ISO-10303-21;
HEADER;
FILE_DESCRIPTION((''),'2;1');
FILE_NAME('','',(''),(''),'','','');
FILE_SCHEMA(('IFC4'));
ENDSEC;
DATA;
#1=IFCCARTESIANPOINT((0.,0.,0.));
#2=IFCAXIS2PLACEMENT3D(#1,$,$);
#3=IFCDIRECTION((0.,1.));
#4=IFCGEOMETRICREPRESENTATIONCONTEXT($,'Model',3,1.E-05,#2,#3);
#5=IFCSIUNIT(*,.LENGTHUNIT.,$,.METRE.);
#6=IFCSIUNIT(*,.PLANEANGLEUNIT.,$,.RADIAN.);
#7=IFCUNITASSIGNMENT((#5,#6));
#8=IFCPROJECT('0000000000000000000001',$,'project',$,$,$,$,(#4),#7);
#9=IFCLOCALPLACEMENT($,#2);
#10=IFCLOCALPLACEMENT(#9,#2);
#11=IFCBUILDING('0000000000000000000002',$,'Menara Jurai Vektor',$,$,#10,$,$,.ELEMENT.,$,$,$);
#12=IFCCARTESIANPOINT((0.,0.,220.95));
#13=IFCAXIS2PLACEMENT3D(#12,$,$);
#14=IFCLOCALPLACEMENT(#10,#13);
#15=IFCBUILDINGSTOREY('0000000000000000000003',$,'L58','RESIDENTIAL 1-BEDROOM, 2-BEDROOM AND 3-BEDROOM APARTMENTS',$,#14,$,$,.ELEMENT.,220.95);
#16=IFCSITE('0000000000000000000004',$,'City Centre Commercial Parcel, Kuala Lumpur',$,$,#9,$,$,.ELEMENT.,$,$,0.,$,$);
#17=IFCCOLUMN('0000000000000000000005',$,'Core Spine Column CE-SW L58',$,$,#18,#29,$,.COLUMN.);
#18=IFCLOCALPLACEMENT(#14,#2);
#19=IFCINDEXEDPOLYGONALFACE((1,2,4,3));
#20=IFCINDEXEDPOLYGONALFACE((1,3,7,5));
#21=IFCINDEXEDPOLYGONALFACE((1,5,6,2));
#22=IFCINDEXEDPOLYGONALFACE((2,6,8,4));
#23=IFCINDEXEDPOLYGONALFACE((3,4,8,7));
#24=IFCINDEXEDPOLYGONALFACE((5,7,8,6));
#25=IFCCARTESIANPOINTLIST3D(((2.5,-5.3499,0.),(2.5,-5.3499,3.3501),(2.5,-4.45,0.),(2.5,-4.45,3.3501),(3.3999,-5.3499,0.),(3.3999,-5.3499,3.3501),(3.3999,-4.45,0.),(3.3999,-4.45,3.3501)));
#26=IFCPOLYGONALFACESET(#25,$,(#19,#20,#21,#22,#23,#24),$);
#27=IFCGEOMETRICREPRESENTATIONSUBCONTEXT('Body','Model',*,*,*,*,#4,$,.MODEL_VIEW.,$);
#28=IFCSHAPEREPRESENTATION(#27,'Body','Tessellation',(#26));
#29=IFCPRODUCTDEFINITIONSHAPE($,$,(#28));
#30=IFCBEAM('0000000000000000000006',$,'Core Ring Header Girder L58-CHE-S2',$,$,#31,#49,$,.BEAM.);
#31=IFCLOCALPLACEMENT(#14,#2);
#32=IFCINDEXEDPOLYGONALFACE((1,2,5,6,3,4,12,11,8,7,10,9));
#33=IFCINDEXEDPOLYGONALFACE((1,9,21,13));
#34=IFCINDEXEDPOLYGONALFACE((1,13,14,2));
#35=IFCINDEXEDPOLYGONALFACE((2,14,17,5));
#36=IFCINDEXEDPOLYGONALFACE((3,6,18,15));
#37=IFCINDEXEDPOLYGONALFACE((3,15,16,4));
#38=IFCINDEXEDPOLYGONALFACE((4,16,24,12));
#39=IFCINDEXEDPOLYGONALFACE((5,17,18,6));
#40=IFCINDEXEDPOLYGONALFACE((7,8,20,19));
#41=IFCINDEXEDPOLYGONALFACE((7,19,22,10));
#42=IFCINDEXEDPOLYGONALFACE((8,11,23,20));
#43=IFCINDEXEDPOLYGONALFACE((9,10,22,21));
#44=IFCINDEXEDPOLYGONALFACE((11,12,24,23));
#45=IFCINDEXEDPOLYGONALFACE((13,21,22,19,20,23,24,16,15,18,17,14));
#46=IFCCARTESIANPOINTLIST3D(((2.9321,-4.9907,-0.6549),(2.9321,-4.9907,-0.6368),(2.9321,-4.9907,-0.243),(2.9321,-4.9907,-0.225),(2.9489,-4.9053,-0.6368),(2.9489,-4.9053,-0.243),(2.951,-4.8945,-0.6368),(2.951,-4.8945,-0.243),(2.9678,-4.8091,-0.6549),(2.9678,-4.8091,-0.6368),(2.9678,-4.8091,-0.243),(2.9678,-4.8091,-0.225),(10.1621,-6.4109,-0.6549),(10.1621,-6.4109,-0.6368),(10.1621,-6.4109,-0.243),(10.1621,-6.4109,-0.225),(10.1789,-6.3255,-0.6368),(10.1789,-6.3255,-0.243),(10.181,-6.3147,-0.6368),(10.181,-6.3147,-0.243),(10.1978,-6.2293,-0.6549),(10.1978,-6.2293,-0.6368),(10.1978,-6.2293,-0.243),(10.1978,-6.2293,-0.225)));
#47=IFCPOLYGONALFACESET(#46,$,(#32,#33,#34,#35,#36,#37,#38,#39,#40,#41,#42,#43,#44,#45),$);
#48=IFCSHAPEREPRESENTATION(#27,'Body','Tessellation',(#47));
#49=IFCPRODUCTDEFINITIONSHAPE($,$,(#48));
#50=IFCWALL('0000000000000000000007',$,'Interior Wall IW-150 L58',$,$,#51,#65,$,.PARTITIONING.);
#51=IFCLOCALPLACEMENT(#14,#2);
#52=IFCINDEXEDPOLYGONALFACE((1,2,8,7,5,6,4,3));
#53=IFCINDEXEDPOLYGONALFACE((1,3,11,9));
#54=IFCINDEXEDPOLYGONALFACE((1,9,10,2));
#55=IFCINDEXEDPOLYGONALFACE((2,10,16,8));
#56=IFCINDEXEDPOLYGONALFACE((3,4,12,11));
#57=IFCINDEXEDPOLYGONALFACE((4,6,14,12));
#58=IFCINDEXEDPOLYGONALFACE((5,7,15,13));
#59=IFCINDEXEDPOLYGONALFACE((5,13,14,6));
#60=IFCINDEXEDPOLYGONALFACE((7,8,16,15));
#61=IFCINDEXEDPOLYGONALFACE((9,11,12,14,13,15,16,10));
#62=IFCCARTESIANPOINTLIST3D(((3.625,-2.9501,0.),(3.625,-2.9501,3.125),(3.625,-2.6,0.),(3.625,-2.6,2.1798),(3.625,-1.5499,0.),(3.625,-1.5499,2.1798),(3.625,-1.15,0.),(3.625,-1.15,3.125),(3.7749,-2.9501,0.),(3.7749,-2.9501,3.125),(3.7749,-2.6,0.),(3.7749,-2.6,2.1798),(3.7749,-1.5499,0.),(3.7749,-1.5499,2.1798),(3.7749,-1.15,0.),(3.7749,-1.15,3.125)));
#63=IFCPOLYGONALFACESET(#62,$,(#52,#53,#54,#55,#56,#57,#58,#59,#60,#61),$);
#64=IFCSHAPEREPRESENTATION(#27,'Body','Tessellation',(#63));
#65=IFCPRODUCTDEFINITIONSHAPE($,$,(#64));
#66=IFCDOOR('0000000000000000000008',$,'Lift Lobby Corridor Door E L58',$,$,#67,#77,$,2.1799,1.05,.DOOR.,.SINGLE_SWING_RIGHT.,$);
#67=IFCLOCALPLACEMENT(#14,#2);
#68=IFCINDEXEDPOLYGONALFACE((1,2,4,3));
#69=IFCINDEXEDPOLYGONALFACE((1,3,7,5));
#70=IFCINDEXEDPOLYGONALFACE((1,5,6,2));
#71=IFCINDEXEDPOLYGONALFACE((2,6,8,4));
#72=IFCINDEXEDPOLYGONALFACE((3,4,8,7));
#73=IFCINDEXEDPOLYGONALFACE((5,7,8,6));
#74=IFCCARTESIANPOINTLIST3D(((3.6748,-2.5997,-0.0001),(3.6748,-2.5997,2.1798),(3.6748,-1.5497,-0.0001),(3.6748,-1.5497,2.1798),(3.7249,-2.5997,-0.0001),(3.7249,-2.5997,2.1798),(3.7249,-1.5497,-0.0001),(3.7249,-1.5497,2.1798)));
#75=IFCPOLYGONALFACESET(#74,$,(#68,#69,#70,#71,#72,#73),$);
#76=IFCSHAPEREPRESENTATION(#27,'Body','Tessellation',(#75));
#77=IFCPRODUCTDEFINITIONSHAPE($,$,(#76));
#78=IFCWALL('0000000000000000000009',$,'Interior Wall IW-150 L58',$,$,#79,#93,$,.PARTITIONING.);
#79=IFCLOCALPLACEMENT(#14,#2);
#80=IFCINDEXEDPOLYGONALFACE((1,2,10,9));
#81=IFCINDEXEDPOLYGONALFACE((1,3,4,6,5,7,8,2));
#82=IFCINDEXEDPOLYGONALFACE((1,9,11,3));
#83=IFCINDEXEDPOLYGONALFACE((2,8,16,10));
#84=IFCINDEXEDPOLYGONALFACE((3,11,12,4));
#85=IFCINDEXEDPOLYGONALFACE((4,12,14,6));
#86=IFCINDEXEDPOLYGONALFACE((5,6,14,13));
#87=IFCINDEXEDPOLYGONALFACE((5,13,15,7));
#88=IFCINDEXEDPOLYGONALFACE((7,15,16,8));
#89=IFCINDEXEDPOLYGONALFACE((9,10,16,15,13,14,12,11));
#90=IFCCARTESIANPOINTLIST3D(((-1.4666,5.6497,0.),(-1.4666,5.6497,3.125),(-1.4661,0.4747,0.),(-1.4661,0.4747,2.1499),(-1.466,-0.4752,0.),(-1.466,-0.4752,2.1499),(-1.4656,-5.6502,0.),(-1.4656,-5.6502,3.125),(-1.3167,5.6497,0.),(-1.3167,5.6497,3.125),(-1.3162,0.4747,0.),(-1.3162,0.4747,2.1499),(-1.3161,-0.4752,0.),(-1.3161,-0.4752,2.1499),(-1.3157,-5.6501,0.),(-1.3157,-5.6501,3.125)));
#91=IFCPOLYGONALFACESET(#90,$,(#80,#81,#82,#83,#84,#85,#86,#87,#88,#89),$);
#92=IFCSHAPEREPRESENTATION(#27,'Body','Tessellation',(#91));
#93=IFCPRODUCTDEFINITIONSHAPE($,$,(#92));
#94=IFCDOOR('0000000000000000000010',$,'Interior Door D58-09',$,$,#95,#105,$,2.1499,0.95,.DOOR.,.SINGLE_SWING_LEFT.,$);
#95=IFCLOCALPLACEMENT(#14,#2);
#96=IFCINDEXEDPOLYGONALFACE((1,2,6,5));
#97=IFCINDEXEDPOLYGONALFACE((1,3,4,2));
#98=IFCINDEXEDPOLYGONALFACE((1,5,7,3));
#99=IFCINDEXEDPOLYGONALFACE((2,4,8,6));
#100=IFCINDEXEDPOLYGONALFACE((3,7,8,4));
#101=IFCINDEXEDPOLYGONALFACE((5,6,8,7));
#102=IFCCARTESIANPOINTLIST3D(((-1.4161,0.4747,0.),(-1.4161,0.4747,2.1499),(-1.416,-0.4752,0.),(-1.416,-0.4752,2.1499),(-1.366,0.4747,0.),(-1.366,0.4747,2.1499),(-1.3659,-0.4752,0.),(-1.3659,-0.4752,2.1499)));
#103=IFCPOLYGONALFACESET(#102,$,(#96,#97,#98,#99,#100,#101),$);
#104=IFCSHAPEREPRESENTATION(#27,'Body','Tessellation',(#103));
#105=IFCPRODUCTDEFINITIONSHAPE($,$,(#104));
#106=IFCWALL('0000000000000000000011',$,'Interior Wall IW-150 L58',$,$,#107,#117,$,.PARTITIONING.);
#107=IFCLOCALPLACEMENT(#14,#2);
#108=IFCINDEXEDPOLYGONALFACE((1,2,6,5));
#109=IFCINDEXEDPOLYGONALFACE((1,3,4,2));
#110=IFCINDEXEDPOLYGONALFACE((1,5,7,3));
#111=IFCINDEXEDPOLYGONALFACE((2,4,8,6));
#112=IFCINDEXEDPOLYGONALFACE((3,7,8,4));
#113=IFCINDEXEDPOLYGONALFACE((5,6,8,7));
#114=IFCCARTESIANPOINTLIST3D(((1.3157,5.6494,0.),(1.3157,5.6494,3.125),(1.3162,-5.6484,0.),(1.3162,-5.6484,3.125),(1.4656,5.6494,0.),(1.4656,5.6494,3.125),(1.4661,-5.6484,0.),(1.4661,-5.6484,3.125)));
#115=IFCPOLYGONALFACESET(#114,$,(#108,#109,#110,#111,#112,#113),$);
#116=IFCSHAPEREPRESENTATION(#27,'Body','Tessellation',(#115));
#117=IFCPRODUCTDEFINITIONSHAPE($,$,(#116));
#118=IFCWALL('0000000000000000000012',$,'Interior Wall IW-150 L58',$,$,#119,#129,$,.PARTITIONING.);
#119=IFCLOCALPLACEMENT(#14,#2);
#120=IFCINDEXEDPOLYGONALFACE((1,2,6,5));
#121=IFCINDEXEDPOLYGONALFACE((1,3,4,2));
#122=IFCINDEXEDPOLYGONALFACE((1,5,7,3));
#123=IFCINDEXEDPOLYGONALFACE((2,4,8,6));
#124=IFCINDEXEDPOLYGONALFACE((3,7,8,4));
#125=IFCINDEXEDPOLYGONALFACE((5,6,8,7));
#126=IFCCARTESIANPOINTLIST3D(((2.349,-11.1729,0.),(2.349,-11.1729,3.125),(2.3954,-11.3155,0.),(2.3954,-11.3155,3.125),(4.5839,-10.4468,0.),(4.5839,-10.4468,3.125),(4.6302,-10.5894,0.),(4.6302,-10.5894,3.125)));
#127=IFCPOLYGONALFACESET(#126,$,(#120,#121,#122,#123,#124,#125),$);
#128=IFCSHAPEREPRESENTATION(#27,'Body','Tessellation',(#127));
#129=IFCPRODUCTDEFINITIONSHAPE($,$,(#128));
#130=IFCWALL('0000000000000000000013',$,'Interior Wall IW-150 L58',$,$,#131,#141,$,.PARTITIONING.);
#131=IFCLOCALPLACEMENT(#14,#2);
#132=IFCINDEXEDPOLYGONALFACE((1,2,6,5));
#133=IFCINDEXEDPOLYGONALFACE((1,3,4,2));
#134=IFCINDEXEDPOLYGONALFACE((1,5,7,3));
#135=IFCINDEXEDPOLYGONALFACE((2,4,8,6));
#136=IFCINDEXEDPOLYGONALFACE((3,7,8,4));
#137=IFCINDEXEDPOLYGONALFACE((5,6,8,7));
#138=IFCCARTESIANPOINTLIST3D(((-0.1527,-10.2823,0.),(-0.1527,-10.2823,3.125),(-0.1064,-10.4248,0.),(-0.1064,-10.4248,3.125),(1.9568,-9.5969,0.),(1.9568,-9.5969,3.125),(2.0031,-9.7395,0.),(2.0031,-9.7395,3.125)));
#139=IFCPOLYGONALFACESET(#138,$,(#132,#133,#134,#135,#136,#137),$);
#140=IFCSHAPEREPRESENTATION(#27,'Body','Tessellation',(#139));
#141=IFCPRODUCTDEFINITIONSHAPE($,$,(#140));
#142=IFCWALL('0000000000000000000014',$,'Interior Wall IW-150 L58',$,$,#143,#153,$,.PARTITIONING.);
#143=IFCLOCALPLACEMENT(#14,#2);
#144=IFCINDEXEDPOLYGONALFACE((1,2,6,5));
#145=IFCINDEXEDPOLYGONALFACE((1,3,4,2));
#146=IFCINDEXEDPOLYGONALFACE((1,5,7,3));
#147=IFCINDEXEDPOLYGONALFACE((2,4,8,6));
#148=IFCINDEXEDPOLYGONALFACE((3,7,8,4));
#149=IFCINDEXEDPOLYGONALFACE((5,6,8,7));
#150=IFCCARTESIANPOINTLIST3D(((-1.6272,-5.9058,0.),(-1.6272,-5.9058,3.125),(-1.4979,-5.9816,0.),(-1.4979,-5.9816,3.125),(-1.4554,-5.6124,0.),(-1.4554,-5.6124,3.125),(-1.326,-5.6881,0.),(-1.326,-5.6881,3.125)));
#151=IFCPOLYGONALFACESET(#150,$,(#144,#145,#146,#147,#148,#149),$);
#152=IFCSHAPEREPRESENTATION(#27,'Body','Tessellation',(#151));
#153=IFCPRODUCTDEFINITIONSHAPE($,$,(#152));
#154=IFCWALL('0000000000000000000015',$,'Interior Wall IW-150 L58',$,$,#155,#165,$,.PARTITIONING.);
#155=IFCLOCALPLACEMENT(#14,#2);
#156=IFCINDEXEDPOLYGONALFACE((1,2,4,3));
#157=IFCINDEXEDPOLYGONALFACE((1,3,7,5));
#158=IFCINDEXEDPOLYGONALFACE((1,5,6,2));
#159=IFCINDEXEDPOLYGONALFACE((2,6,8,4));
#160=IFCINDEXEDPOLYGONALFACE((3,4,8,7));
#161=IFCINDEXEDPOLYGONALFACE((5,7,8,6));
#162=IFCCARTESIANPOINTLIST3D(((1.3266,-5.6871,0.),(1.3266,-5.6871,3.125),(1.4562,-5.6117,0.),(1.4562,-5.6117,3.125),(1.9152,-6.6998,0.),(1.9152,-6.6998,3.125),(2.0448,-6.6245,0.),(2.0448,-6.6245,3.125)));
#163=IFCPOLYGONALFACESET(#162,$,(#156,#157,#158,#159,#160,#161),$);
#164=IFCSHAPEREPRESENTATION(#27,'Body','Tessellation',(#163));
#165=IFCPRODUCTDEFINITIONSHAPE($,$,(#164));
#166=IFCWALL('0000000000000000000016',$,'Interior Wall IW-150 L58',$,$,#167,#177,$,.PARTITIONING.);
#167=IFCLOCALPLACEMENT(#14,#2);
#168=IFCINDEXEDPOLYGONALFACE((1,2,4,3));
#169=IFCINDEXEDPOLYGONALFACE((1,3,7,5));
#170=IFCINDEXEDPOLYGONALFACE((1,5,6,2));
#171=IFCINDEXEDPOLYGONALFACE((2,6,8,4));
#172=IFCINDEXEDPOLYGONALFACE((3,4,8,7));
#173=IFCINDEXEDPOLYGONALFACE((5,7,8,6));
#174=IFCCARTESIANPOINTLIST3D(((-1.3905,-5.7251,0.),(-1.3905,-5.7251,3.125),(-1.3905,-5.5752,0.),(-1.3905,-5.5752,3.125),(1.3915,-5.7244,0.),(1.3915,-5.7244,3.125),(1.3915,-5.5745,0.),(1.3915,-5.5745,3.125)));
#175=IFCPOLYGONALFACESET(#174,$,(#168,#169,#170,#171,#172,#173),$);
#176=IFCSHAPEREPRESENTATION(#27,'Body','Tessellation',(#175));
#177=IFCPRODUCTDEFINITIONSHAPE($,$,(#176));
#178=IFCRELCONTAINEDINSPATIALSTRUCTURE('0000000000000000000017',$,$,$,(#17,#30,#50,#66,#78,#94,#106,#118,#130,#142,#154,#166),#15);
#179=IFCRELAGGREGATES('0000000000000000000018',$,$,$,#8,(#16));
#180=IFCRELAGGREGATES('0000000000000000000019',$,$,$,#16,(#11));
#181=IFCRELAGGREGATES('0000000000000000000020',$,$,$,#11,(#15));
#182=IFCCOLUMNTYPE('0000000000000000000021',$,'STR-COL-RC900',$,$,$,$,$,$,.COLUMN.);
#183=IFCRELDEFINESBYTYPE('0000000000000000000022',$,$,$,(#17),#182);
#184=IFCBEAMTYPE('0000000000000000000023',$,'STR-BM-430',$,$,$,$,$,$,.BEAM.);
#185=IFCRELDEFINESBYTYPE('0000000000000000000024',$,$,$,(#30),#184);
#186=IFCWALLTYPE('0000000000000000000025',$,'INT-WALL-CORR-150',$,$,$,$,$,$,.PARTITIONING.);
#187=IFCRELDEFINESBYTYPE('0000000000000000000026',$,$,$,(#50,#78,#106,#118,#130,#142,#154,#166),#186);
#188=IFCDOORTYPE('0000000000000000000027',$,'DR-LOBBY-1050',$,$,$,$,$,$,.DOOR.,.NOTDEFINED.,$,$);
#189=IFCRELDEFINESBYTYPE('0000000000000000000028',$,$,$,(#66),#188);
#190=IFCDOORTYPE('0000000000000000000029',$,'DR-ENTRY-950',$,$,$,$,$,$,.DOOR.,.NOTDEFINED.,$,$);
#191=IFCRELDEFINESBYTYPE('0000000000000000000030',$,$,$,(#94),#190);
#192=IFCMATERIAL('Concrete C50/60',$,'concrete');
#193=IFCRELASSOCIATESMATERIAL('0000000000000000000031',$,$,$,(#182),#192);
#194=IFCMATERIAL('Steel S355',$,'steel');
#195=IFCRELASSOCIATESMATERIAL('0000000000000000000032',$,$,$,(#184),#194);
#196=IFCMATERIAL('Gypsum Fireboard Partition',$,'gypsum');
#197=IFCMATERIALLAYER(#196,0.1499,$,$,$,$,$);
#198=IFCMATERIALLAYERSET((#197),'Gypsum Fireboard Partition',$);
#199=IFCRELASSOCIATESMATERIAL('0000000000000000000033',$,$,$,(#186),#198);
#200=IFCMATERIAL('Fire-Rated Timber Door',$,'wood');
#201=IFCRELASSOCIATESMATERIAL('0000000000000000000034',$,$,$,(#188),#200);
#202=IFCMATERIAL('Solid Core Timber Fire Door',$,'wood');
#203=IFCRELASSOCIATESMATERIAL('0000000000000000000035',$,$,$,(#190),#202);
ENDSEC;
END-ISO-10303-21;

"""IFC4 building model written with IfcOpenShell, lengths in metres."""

from ifc_helpers import new_model, si_unit, direction, frame, frame_2d, origin, origin_2d, place, context, subcontext, project, spatial, rectangle, i_section, extrude, material, layer, layer_set, material_profile, profile_set, type_object, element, fill, save


model = new_model("IFC4")

# Units and contexts
model_context = context("Model", 3, precision=1e-05, world=origin(), true_north=direction((0.0, 1.0)))
body_context = subcontext(model_context, "Body", "Model", "MODEL_VIEW")
ifc_project = project(units=[si_unit("LENGTHUNIT", "METRE"), si_unit("PLANEANGLEUNIT", "RADIAN")], contexts=[model_context])

# Site, building, storey
site_placement = place(None, origin())
site = spatial("IfcSite", under=ifc_project, at=site_placement, Name="City Centre Commercial Parcel, Kuala Lumpur", CompositionType="ELEMENT", RefElevation=0.0)
building_placement = place(site_placement, origin())
building = spatial("IfcBuilding", under=site, at=building_placement, Name="Menara Jurai Vektor", CompositionType="ELEMENT")
storey_placement = place(building_placement, frame((0.0, 0.0, 220.95)))
storey = spatial("IfcBuildingStorey", under=building, at=storey_placement, Name="L58", Description="RESIDENTIAL 1-BEDROOM, 2-BEDROOM AND 3-BEDROOM APARTMENTS", CompositionType="ELEMENT", Elevation=220.95)

# Column
ifc_material_1 = material(Name="Concrete C50/60", Category="concrete")
ifc_material_profile_1 = material_profile(ifc_material_1, rectangle(XDim=0.8999, YDim=0.8999, at=origin_2d()), Name="RC 900x900")
ifc_profile_set_1 = profile_set([ifc_material_profile_1], Name="Concrete C50/60")
column_type = type_object("IfcColumnType", Name="STR-COL-RC900", PredefinedType="COLUMN", material=ifc_profile_set_1)
column_placement = place(storey_placement, frame((2.95, -4.8999, 0.0), z_axis=(0.0, 0.0, 1.0), x_axis=(1.0, 0.0, 0.0)))
element("IfcColumn", 1, at=column_placement, inside=storey, type_object=column_type, Name="Core Spine Column CE-SW L58", PredefinedType="COLUMN", context=body_context, shape_type="SweptSolid", body=[
    extrude(rectangle(XDim=0.8999, YDim=0.8999, at=origin_2d()), origin(), (0.0, 0.0, 1.0), 3.3501),
])

# Beam
ifc_material_2 = material(Name="Steel S355", Category="steel")
ifc_material_profile_2 = material_profile(ifc_material_2, i_section(OverallWidth=0.1851, OverallDepth=0.4299, WebThickness=0.011, FlangeThickness=0.0181, at=origin_2d()), Name="PG 430x185x76")
ifc_profile_set_2 = profile_set([ifc_material_profile_2], Name="Steel S355")
beam_type = type_object("IfcBeamType", Name="STR-BM-430", PredefinedType="BEAM", material=ifc_profile_set_2)
beam_placement = place(storey_placement, frame((2.95, -4.8999, -0.4399), z_axis=(0.981249, -0.192744, 0.0), x_axis=(0.192744, 0.981249, 0.0)))
element("IfcBeam", 2, at=beam_placement, inside=storey, type_object=beam_type, Name="Core Ring Header Girder L58-CHE-S2", PredefinedType="BEAM", context=body_context, shape_type="SweptSolid", body=[
    extrude(i_section(OverallWidth=0.1851, OverallDepth=0.4299, WebThickness=0.011, FlangeThickness=0.0181, at=origin_2d()), origin(), (0.0, 0.0, 1.0), 7.3682),
])

# Walls, openings, doors
ifc_material_3 = material(Name="Gypsum Fireboard Partition", Category="gypsum")
ifc_layer_1 = layer(ifc_material_3, 0.1499)
ifc_layer_set_1 = layer_set([ifc_layer_1], Name="Gypsum Fireboard Partition")
wall_type_1 = type_object("IfcWallType", Name="INT-WALL-CORR-150", PredefinedType="PARTITIONING", material=ifc_layer_set_1)
wall_1_placement = place(storey_placement, frame((3.7, -2.95, 0.0), z_axis=(0.0, 0.0, 1.0), x_axis=(0.0, 1.0, 0.0)))
wall_1 = element("IfcWall", 3, at=wall_1_placement, inside=storey, type_object=wall_type_1, Name="Interior Wall IW-150 L58", PredefinedType="PARTITIONING", context=body_context, shape_type="SweptSolid", body=[
    extrude(rectangle(XDim=1.8, YDim=0.1499, at=frame_2d((0.8999, 0.0))), origin(), (0.0, 0.0, 1.0), 3.125),
])
opening_1_placement = place(wall_1_placement, frame((0.3501, 0.0, 0.0)))
opening_1 = element("IfcOpeningElement", 4, at=opening_1_placement, cuts=wall_1, PredefinedType="OPENING", context=body_context, shape_type="SweptSolid", body=[
    extrude(rectangle(XDim=1.05, YDim=2.1799, at=frame_2d((0.5249, 1.0898))), frame((0.0, 0.085, 0.0), z_axis=(0.0, -1.0, 0.0), x_axis=(1.0, 0.0, 0.0)), (0.0, 0.0, 1.0), 0.1699),
])
ifc_material_4 = material(Name="Fire-Rated Timber Door", Category="wood")
door_type_1 = type_object("IfcDoorType", Name="DR-LOBBY-1050", OperationType="NOTDEFINED", PredefinedType="DOOR", material=ifc_material_4)
door_1_placement = place(opening_1_placement, frame((1.05, 0.0, 0.0), z_axis=(0.0, 0.0, 1.0), x_axis=(-1.0, 0.0, 0.0)))
door_1 = element("IfcDoor", 5, at=door_1_placement, inside=storey, type_object=door_type_1, Name="Lift Lobby Corridor Door E L58", OperationType="SINGLE_SWING_RIGHT", OverallHeight=2.1799, OverallWidth=1.05, PredefinedType="DOOR", context=body_context, shape_type="SweptSolid", body=[
    extrude(rectangle(XDim=1.05, YDim=2.1799, at=frame_2d((0.5249, 1.0898))), frame((0.0, 0.0249, 0.0), z_axis=(0.0, -1.0, 0.0), x_axis=(1.0, 0.0, 0.0)), (0.0, 0.0, 1.0), 0.05),
])
fill(opening_1, door_1)
wall_2_placement = place(storey_placement, frame((-1.3906, -5.6501, 0.0), z_axis=(0.0, 0.0, 1.0), x_axis=(-0.000086, 1.0, 0.0)))
wall_2 = element("IfcWall", 6, at=wall_2_placement, inside=storey, type_object=wall_type_1, Name="Interior Wall IW-150 L58", PredefinedType="PARTITIONING", context=body_context, shape_type="SweptSolid", body=[
    extrude(rectangle(XDim=11.2998, YDim=0.1499, at=frame_2d((5.6499, 0.0))), origin(), (0.0, 0.0, 1.0), 3.125),
])
opening_2_placement = place(wall_2_placement, frame((5.1748, 0.0, 0.0)))
opening_2 = element("IfcOpeningElement", 7, at=opening_2_placement, cuts=wall_2, PredefinedType="OPENING", context=body_context, shape_type="SweptSolid", body=[
    extrude(rectangle(XDim=0.95, YDim=2.1499, at=frame_2d((0.4751, 1.075))), frame((0.0, 0.085, 0.0), z_axis=(0.0, -1.0, 0.0), x_axis=(1.0, 0.0, 0.0)), (0.0, 0.0, 1.0), 0.1699),
])
ifc_material_5 = material(Name="Solid Core Timber Fire Door", Category="wood")
door_type_2 = type_object("IfcDoorType", Name="DR-ENTRY-950", OperationType="NOTDEFINED", PredefinedType="DOOR", material=ifc_material_5)
door_2_placement = place(opening_2_placement, origin())
door_2 = element("IfcDoor", 8, at=door_2_placement, inside=storey, type_object=door_type_2, Name="Interior Door D58-09", OperationType="SINGLE_SWING_LEFT", OverallHeight=2.1499, OverallWidth=0.95, PredefinedType="DOOR", context=body_context, shape_type="SweptSolid", body=[
    extrude(rectangle(XDim=0.95, YDim=2.1499, at=frame_2d((0.4751, 1.075))), frame((0.0, 0.0249, 0.0), z_axis=(0.0, -1.0, 0.0), x_axis=(1.0, 0.0, 0.0)), (0.0, 0.0, 1.0), 0.05),
])
fill(opening_2, door_2)

# Walls
wall_3_placement = place(storey_placement, frame((1.3911, -5.6484, 0.0), z_axis=(0.0, 0.0, 1.0), x_axis=(-0.000043, 1.0, 0.0)))
element("IfcWall", 9, at=wall_3_placement, inside=storey, type_object=wall_type_1, Name="Interior Wall IW-150 L58", PredefinedType="PARTITIONING", context=body_context, shape_type="SweptSolid", body=[
    extrude(rectangle(XDim=11.2979, YDim=0.1499, at=frame_2d((5.6489, 0.0))), origin(), (0.0, 0.0, 1.0), 3.125),
])
wall_4_placement = place(storey_placement, frame((2.3723, -11.2441, 0.0), z_axis=(0.0, 0.0, 1.0), x_axis=(0.951066, 0.308987, 0.0)))
element("IfcWall", 10, at=wall_4_placement, inside=storey, type_object=wall_type_1, Name="Interior Wall IW-150 L58", PredefinedType="PARTITIONING", context=body_context, shape_type="SweptSolid", body=[
    extrude(rectangle(XDim=2.3499, YDim=0.1499, at=frame_2d((1.1748, 0.0))), origin(), (0.0, 0.0, 1.0), 3.125),
])
wall_5_placement = place(storey_placement, frame((-0.1294, -10.3535, 0.0), z_axis=(0.0, 0.0, 1.0), x_axis=(0.951066, 0.308987, 0.0)))
element("IfcWall", 11, at=wall_5_placement, inside=storey, type_object=wall_type_1, Name="Interior Wall IW-150 L58", PredefinedType="PARTITIONING", context=body_context, shape_type="SweptSolid", body=[
    extrude(rectangle(XDim=2.218, YDim=0.1499, at=frame_2d((1.1089, 0.0))), origin(), (0.0, 0.0, 1.0), 3.125),
])
wall_6_placement = place(storey_placement, frame((-1.5625, -5.9436, 0.0), z_axis=(0.0, 0.0, 1.0), x_axis=(0.505388, 0.862892, 0.0)))
element("IfcWall", 12, at=wall_6_placement, inside=storey, type_object=wall_type_1, Name="Interior Wall IW-150 L58", PredefinedType="PARTITIONING", context=body_context, shape_type="SweptSolid", body=[
    extrude(rectangle(XDim=0.3401, YDim=0.1499, at=frame_2d((0.1699, 0.0))), origin(), (0.0, 0.0, 1.0), 3.125),
])

# Walls
wall_7_placement = place(storey_placement, frame((1.3914, -5.6494, 0.0), z_axis=(0.0, 0.0, 1.0), x_axis=(0.502523, -0.864564, 0.0)))
element("IfcWall", 13, at=wall_7_placement, inside=storey, type_object=wall_type_1, Name="Interior Wall IW-150 L58", PredefinedType="PARTITIONING", context=body_context, shape_type="SweptSolid", body=[
    extrude(rectangle(XDim=1.1714, YDim=0.1499, at=frame_2d((0.5857, 0.0))), origin(), (0.0, 0.0, 1.0), 3.125),
])
wall_8_placement = place(storey_placement, frame((-1.3906, -5.6501, 0.0), z_axis=(0.0, 0.0, 1.0), x_axis=(1.0, 0.000263, 0.0)))
element("IfcWall", 14, at=wall_8_placement, inside=storey, type_object=wall_type_1, Name="Interior Wall IW-150 L58", PredefinedType="PARTITIONING", context=body_context, shape_type="SweptSolid", body=[
    extrude(rectangle(XDim=2.782, YDim=0.1499, at=frame_2d((1.3911, 0.0))), origin(), (0.0, 0.0, 1.0), 3.125),
])

save(model, "model.ifc")
